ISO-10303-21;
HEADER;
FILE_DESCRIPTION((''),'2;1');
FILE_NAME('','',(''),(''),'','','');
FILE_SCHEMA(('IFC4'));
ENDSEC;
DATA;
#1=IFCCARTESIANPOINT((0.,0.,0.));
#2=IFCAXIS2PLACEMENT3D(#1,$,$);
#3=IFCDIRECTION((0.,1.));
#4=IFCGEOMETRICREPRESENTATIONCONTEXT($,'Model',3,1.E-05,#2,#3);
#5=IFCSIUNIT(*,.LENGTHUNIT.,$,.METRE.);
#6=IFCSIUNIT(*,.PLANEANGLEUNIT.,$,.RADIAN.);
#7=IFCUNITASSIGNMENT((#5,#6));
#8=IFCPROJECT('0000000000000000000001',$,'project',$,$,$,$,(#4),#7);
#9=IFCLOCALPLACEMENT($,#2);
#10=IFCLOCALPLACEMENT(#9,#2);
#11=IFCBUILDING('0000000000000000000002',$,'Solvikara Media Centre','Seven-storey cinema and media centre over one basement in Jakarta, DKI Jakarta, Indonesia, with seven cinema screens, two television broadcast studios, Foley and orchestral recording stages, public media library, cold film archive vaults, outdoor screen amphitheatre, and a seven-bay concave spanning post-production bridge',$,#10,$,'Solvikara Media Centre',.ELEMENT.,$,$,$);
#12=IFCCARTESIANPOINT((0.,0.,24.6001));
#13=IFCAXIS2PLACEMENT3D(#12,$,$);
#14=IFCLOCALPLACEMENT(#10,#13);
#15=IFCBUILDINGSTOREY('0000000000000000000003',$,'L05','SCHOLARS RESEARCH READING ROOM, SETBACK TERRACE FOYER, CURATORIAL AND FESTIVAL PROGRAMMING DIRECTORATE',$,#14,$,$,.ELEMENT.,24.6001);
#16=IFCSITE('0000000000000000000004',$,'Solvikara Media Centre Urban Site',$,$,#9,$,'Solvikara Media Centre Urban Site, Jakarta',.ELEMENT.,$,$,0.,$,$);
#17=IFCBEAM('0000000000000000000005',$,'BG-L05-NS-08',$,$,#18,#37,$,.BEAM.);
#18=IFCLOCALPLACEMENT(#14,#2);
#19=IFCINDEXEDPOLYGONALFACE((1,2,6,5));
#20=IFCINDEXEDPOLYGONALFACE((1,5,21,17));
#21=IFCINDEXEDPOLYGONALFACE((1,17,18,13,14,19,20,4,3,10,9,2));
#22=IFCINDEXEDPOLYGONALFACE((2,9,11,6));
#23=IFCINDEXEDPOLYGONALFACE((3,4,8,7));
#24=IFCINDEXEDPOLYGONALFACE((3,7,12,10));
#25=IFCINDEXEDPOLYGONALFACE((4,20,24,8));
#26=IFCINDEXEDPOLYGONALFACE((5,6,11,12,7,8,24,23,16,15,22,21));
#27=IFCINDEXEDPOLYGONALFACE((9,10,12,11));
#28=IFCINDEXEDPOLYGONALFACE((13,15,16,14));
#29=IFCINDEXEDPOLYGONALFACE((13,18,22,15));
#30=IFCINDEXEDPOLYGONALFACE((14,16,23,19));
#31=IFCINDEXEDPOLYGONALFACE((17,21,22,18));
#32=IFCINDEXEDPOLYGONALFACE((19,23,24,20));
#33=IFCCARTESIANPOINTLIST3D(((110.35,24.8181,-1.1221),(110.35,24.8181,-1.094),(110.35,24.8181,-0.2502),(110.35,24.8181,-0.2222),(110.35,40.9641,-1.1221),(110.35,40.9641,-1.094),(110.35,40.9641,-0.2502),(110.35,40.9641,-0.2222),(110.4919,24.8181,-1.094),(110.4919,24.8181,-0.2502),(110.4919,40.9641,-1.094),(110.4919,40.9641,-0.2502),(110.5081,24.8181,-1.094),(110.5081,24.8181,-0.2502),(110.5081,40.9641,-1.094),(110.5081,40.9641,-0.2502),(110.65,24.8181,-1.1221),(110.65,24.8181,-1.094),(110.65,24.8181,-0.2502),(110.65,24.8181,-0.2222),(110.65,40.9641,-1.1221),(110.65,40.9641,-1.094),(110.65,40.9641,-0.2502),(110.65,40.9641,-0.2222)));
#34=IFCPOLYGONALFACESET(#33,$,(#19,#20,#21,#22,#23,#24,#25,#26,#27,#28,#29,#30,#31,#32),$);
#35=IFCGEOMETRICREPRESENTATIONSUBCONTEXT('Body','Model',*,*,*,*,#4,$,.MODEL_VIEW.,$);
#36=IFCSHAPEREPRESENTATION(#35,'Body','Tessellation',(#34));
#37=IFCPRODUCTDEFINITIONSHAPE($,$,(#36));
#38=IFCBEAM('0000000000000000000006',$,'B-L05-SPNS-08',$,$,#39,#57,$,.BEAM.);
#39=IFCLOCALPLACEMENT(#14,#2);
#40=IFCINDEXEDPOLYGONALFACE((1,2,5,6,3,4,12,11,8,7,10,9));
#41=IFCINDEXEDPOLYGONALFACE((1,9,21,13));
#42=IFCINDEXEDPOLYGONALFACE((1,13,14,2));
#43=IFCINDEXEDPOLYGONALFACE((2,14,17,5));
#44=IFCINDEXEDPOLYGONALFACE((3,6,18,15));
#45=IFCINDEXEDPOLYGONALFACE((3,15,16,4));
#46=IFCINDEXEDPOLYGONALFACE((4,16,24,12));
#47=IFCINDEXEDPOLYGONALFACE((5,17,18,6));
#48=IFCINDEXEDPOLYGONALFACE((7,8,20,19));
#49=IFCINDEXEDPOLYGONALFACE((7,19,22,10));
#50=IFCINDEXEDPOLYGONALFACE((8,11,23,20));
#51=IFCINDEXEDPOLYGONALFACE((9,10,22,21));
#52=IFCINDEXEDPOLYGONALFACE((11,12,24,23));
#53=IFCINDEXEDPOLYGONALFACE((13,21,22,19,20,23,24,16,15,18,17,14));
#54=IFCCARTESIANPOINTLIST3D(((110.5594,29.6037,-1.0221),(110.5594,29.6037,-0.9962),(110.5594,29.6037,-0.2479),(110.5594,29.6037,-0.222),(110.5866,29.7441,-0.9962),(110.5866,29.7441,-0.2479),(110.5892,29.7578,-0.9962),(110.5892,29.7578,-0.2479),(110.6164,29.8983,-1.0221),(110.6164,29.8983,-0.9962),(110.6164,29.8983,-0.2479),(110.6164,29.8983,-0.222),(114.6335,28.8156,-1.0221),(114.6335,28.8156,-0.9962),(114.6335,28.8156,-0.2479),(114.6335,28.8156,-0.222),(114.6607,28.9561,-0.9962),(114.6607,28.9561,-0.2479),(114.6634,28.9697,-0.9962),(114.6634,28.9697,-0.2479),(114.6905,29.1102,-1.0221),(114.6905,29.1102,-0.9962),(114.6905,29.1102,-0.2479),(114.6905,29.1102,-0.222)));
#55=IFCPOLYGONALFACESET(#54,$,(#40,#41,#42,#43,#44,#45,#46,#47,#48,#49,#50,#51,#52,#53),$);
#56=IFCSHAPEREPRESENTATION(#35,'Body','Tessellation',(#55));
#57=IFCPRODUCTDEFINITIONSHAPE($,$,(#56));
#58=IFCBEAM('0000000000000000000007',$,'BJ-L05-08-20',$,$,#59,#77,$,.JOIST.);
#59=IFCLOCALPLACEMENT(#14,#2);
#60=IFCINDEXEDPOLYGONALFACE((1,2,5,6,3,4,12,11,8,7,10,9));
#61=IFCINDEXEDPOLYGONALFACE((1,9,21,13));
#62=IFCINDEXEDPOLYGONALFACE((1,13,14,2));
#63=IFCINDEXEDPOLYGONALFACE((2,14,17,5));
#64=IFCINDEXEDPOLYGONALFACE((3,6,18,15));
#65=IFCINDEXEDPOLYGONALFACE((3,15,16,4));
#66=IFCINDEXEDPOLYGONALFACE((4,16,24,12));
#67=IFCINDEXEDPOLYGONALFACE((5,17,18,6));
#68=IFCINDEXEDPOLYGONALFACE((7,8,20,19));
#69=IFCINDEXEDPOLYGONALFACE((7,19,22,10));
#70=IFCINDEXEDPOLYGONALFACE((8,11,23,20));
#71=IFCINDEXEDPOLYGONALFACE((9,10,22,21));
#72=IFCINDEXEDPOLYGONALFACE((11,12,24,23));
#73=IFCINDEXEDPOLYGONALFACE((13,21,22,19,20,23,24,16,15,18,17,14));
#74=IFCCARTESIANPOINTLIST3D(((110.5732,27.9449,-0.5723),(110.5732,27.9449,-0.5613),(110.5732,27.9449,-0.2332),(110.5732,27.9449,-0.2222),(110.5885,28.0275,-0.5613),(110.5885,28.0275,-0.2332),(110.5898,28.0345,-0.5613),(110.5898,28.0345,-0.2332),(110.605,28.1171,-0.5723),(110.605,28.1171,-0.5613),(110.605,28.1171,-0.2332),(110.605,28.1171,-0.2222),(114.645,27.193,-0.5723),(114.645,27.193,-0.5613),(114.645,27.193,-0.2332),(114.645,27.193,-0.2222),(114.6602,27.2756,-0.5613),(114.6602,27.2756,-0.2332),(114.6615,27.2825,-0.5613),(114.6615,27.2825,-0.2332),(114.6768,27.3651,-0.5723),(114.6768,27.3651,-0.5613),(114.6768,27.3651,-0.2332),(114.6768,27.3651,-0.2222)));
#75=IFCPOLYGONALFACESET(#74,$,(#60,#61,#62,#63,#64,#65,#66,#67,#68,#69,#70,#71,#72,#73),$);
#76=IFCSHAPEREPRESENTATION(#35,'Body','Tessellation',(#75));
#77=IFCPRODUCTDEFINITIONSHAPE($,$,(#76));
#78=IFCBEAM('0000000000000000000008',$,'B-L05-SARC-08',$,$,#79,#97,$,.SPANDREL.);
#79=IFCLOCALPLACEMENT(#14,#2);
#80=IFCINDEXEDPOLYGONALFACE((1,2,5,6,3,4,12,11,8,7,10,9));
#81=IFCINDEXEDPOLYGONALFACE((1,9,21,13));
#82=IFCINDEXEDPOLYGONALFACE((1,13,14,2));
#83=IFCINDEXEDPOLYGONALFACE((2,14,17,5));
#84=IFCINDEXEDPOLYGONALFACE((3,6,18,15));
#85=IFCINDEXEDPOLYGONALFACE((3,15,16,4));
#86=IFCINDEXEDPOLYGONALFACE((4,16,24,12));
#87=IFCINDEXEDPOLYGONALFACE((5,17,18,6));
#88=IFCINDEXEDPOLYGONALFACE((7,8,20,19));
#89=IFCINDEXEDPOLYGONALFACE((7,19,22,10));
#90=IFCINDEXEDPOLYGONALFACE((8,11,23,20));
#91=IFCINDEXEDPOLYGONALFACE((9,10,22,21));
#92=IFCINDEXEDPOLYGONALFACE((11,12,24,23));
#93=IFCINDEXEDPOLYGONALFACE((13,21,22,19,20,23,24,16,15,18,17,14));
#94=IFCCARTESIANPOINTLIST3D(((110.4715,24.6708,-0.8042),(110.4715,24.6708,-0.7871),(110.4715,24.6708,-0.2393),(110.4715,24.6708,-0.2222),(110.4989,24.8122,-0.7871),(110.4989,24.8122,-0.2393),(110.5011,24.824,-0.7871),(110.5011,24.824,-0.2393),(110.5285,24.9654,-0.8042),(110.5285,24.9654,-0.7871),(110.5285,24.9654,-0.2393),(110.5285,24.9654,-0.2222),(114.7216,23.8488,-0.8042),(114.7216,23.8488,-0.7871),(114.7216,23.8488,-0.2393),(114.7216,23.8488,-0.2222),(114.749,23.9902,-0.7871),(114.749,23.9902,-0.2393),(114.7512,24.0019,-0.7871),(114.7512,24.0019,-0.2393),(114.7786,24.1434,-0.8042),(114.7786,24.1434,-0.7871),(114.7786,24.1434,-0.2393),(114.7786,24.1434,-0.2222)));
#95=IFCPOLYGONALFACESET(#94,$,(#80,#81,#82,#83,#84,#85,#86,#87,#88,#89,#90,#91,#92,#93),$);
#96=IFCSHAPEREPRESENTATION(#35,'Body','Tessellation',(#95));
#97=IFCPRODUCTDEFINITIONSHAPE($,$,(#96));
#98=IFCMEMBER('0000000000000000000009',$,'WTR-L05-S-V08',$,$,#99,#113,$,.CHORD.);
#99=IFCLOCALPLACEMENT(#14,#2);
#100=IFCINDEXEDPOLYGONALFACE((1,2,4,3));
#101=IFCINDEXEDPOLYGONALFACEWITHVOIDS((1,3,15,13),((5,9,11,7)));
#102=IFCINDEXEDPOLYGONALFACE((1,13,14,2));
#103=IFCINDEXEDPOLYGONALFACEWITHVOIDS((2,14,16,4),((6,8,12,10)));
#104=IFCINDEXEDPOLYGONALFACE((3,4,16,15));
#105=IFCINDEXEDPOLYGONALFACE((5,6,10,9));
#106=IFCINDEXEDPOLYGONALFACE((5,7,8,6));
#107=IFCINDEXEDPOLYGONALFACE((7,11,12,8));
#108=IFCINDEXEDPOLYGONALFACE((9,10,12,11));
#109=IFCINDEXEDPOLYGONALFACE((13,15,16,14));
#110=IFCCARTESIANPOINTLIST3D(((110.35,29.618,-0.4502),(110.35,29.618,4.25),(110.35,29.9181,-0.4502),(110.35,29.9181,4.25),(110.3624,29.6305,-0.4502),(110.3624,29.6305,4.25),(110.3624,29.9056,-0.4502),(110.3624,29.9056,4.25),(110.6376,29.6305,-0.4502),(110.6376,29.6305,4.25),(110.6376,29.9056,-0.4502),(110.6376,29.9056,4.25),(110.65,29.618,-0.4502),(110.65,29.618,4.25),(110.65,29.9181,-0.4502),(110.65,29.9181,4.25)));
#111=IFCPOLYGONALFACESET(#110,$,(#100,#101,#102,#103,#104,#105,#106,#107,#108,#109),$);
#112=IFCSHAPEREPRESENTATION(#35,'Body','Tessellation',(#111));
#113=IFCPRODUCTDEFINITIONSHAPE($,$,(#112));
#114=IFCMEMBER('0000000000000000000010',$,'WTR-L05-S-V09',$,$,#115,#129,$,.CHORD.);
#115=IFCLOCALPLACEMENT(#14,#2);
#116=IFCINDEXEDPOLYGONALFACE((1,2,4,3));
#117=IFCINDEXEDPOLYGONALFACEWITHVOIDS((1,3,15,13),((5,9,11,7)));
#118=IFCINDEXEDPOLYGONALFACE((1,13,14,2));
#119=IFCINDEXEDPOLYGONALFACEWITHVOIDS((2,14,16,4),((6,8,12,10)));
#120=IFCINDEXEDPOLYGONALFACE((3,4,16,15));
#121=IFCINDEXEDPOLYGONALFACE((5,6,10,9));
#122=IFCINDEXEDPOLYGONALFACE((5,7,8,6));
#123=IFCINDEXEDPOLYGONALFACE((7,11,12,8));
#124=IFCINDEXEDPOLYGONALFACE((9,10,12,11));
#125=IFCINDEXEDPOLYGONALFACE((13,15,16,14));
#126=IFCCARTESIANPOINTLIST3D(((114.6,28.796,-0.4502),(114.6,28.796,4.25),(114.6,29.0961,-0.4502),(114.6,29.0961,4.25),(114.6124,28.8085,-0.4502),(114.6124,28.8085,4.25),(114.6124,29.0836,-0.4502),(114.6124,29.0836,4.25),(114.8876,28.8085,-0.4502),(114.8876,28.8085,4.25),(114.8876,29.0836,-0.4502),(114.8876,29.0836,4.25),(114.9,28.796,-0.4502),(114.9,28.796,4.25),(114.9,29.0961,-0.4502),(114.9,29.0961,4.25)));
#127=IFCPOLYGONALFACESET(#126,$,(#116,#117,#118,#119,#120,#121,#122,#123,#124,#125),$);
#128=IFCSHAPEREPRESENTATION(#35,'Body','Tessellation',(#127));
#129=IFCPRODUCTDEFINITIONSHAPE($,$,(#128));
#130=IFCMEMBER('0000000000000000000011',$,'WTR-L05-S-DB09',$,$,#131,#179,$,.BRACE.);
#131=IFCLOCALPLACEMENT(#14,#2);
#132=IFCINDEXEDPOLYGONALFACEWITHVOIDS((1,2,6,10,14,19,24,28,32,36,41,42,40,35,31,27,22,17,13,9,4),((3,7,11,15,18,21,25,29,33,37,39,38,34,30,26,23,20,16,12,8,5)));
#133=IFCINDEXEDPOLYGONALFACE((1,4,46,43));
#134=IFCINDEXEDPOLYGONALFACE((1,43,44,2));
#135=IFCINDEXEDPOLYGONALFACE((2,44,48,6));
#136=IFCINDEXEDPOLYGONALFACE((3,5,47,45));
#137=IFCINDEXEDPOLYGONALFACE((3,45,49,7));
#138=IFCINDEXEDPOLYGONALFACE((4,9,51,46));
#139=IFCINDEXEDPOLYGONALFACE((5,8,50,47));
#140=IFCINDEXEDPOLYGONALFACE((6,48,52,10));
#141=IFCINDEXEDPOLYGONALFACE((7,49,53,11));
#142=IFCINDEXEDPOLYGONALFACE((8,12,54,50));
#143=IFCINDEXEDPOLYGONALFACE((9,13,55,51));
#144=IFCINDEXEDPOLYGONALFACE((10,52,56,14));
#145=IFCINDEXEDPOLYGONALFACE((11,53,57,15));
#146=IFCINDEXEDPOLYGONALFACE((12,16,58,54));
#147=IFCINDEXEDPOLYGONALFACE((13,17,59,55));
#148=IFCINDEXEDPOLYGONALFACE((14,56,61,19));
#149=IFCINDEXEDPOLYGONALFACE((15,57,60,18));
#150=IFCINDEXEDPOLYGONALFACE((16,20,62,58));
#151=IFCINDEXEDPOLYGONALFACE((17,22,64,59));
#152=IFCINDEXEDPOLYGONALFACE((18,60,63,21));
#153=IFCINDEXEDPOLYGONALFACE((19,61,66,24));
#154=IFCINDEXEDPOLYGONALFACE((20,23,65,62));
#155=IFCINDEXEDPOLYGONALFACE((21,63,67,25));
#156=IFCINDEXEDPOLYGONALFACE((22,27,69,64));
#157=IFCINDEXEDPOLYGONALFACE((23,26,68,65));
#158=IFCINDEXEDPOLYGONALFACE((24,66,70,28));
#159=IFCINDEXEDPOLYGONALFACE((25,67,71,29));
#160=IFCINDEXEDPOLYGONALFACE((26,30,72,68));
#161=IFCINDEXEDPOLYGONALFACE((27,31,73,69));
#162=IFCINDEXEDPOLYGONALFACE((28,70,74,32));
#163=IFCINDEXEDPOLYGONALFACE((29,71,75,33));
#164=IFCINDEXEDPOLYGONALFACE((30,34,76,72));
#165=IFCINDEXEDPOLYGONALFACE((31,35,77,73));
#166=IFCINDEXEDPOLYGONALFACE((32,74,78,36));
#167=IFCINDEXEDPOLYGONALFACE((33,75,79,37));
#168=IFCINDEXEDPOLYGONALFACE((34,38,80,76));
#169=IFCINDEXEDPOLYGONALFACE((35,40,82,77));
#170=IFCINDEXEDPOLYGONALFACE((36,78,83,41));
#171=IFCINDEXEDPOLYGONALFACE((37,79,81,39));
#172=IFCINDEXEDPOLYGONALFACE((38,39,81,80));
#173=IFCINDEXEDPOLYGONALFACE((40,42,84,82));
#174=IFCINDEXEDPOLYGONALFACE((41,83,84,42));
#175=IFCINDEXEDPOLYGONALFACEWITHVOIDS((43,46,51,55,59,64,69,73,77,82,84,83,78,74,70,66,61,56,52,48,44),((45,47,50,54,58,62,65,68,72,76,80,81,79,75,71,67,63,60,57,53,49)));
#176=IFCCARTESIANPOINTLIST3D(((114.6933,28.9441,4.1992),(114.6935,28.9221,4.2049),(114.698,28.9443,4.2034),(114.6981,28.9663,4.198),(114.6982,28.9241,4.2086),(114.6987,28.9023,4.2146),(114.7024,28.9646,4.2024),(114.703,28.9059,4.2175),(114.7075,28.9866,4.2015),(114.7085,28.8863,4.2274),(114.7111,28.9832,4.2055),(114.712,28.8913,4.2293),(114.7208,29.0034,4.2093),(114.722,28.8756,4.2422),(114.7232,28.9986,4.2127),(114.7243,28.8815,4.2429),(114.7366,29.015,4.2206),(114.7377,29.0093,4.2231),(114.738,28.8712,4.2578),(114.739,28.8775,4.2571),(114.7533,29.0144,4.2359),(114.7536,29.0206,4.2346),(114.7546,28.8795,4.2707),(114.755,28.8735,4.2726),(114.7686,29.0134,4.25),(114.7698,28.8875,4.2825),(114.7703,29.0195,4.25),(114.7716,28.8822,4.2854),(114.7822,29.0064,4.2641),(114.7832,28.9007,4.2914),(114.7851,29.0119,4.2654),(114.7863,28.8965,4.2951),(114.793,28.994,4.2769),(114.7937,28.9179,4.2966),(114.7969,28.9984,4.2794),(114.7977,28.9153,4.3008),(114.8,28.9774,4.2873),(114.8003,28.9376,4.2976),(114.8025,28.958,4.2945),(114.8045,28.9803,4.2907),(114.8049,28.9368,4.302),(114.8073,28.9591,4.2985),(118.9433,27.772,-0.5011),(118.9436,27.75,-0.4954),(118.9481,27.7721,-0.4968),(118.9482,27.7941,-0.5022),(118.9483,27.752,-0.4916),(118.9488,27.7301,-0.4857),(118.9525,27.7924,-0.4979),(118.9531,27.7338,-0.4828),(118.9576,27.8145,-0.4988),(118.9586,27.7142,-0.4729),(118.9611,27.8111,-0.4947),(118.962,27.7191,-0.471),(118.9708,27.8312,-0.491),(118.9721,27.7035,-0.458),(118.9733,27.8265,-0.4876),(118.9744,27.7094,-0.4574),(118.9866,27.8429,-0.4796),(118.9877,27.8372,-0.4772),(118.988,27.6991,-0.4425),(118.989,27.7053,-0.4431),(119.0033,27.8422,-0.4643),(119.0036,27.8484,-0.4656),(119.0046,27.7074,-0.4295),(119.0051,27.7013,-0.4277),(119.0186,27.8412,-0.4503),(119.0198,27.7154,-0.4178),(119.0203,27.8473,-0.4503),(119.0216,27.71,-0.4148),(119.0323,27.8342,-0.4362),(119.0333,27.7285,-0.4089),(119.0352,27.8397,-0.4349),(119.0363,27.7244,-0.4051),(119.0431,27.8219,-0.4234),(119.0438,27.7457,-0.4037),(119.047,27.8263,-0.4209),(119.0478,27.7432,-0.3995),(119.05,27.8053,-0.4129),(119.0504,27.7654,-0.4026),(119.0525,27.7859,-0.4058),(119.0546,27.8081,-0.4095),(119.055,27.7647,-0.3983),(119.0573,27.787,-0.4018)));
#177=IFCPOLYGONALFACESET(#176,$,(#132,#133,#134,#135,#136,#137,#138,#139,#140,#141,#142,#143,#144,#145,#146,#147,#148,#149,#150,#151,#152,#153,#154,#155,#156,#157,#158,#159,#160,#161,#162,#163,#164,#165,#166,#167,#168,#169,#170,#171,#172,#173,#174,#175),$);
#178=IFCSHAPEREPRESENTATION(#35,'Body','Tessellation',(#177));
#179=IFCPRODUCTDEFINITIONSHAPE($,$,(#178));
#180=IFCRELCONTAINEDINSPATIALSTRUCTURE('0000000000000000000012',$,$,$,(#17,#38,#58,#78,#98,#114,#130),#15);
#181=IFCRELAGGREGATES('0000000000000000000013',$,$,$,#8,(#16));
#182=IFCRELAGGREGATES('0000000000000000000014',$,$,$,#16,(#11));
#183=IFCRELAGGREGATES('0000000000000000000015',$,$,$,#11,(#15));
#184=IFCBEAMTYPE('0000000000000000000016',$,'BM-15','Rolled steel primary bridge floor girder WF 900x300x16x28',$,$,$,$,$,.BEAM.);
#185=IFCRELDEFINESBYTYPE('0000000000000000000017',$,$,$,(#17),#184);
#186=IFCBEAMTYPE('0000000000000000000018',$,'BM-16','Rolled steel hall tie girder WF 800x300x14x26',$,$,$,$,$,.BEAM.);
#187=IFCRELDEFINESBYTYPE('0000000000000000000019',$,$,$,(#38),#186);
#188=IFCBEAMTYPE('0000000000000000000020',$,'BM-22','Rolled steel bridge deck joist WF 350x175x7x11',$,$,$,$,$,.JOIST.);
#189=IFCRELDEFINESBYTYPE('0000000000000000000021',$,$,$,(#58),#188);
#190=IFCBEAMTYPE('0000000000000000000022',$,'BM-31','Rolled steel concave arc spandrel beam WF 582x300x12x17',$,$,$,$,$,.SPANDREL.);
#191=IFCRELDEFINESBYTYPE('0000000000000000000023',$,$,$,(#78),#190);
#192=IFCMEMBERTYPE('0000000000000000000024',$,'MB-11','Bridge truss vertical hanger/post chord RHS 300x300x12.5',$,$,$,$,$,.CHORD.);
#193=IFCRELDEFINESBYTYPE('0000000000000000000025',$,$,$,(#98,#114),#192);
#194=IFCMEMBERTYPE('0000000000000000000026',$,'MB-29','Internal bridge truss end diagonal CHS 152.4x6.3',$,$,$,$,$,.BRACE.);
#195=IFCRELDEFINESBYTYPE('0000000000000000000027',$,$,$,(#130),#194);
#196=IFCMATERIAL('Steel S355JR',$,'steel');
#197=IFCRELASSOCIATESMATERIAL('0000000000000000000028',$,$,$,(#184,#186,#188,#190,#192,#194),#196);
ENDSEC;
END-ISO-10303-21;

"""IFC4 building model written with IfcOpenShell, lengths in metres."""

from ifc_helpers import new_model, si_unit, direction, frame, origin, origin_2d, place, context, subcontext, project, spatial, hollow_rectangle, hollow_circle, i_section, extrude, material, material_profile, profile_set, type_object, element, save


model = new_model("IFC4")

# Units and contexts
model_context = context("Model", 3, precision=1e-05, world=origin(), true_north=direction((0.0, 1.0)))
body_context = subcontext(model_context, "Body", "Model", "MODEL_VIEW")
ifc_project = project(units=[si_unit("LENGTHUNIT", "METRE"), si_unit("PLANEANGLEUNIT", "RADIAN")], contexts=[model_context])

# Site, building, storey
site_placement = place(None, origin())
site = spatial("IfcSite", under=ifc_project, at=site_placement, Name="Solvikara Media Centre Urban Site", LongName="Solvikara Media Centre Urban Site, Jakarta", CompositionType="ELEMENT", RefElevation=0.0)
building_placement = place(site_placement, origin())
building = spatial("IfcBuilding", under=site, at=building_placement, Name="Solvikara Media Centre", Description="Seven-storey cinema and media centre over one basement in Jakarta, DKI Jakarta, Indonesia, with seven cinema screens, two television broadcast studios, Foley and orchestral recording stages, public media library, cold film archive vaults, outdoor screen amphitheatre, and a seven-bay concave spanning post-production bridge", LongName="Solvikara Media Centre", CompositionType="ELEMENT")
storey_placement = place(building_placement, frame((0.0, 0.0, 24.6001)))
storey = spatial("IfcBuildingStorey", under=building, at=storey_placement, Name="L05", Description="SCHOLARS RESEARCH READING ROOM, SETBACK TERRACE FOYER, CURATORIAL AND FESTIVAL PROGRAMMING DIRECTORATE", CompositionType="ELEMENT", Elevation=24.6001)

# Beams
ifc_material_1 = material(Name="Steel S355JR", Category="steel")
ifc_material_profile_1 = material_profile(ifc_material_1, i_section(OverallWidth=0.3, OverallDepth=0.8999, WebThickness=0.0161, FlangeThickness=0.0281, at=origin_2d()), Name="WF 900x300x16x28")
ifc_profile_set_1 = profile_set([ifc_material_profile_1], Name="Steel S355JR")
beam_type_1 = type_object("IfcBeamType", Name="BM-15", Description="Rolled steel primary bridge floor girder WF 900x300x16x28", PredefinedType="BEAM", material=ifc_profile_set_1)
beam_1_placement = place(storey_placement, frame((110.5, 24.8181, -0.6721), z_axis=(0.0, 1.0, 0.0), x_axis=(-1.0, 0.0, 0.0)))
element("IfcBeam", 1, at=beam_1_placement, inside=storey, type_object=beam_type_1, Name="BG-L05-NS-08", PredefinedType="BEAM", context=body_context, shape_type="SweptSolid", body=[
    extrude(i_section(OverallWidth=0.3, OverallDepth=0.8999, WebThickness=0.0161, FlangeThickness=0.0281, at=origin_2d()), origin(), (0.0, 0.0, 1.0), 16.146),
])
ifc_material_profile_2 = material_profile(ifc_material_1, i_section(OverallWidth=0.3, OverallDepth=0.8, WebThickness=0.0139, FlangeThickness=0.0259, at=origin_2d()), Name="WF 800x300x14x26")
ifc_profile_set_2 = profile_set([ifc_material_profile_2], Name="Steel S355JR")
beam_type_2 = type_object("IfcBeamType", Name="BM-16", Description="Rolled steel hall tie girder WF 800x300x14x26", PredefinedType="BEAM", material=ifc_profile_set_2)
beam_2_placement = place(storey_placement, frame((110.5879, 29.751, -0.6221), z_axis=(0.981801, -0.189912, 0.0), x_axis=(0.189912, 0.981801, 0.0)))
element("IfcBeam", 2, at=beam_2_placement, inside=storey, type_object=beam_type_2, Name="B-L05-SPNS-08", PredefinedType="BEAM", context=body_context, shape_type="SweptSolid", body=[
    extrude(i_section(OverallWidth=0.3, OverallDepth=0.8, WebThickness=0.0139, FlangeThickness=0.0259, at=origin_2d()), origin(), (0.0, 0.0, 1.0), 4.1497),
])
ifc_material_profile_3 = material_profile(ifc_material_1, i_section(OverallWidth=0.175, OverallDepth=0.3501, WebThickness=0.0071, FlangeThickness=0.011, at=origin_2d()), Name="WF 350x175x7x11")
ifc_profile_set_3 = profile_set([ifc_material_profile_3], Name="Steel S355JR")
beam_type_3 = type_object("IfcBeamType", Name="BM-22", Description="Rolled steel bridge deck joist WF 350x175x7x11", PredefinedType="JOIST", material=ifc_profile_set_3)
beam_3_placement = place(storey_placement, frame((110.5891, 28.031, -0.3972), z_axis=(0.983372, -0.181604, 0.0), x_axis=(0.181604, 0.983372, 0.0)))
element("IfcBeam", 3, at=beam_3_placement, inside=storey, type_object=beam_type_3, Name="BJ-L05-08-20", PredefinedType="JOIST", context=body_context, shape_type="SweptSolid", body=[
    extrude(i_section(OverallWidth=0.175, OverallDepth=0.3501, WebThickness=0.0071, FlangeThickness=0.011, at=origin_2d()), origin(), (0.0, 0.0, 1.0), 4.1406),
])
ifc_material_profile_4 = material_profile(ifc_material_1, i_section(OverallWidth=0.3, OverallDepth=0.582, WebThickness=0.012, FlangeThickness=0.0171, at=origin_2d()), Name="WF 582x300x12x17")
ifc_profile_set_4 = profile_set([ifc_material_profile_4], Name="Steel S355JR")
beam_type_4 = type_object("IfcBeamType", Name="BM-31", Description="Rolled steel concave arc spandrel beam WF 582x300x12x17", PredefinedType="SPANDREL", material=ifc_profile_set_4)
beam_4_placement = place(storey_placement, frame((110.5, 24.8181, -0.5132), z_axis=(0.981804, -0.189897, 0.0), x_axis=(0.189897, 0.981804, 0.0)))
element("IfcBeam", 4, at=beam_4_placement, inside=storey, type_object=beam_type_4, Name="B-L05-SARC-08", PredefinedType="SPANDREL", context=body_context, shape_type="SweptSolid", body=[
    extrude(i_section(OverallWidth=0.3, OverallDepth=0.582, WebThickness=0.012, FlangeThickness=0.0171, at=origin_2d()), origin(), (0.0, 0.0, 1.0), 4.3289),
])

# Members
ifc_material_profile_5 = material_profile(ifc_material_1, hollow_rectangle(XDim=0.3, YDim=0.3, WallThickness=0.0125, at=origin_2d()), Name="RHS 300x300x12.5")
ifc_profile_set_5 = profile_set([ifc_material_profile_5], Name="Steel S355JR")
member_type_1 = type_object("IfcMemberType", Name="MB-11", Description="Bridge truss vertical hanger/post chord RHS 300x300x12.5", PredefinedType="CHORD", material=ifc_profile_set_5)
for number, where, z_axis, x_axis, name in (
    (5, (110.5, 29.7681, -0.4502), (0.0, 0.0, 1.0), (1.0, 0.0, 0.0), "WTR-L05-S-V08"),
    (6, (114.75, 28.946, -0.4502), (0.0, 0.0, 1.0), (1.0, 0.0, 0.0), "WTR-L05-S-V09"),
):
    element("IfcMember", number, at=place(storey_placement, frame(where, z_axis=z_axis, x_axis=x_axis)), inside=storey, type_object=member_type_1, Name=name, PredefinedType="CHORD", context=body_context, shape_type="SweptSolid", body=[
        extrude(hollow_rectangle(XDim=0.3, YDim=0.3, WallThickness=0.0125, at=origin_2d()), origin(), (0.0, 0.0, 1.0), 4.7002),
    ])
ifc_material_profile_6 = material_profile(ifc_material_1, hollow_circle(Radius=0.0762, WallThickness=0.0063, at=origin_2d()), Name="CHS 152.4x6.3")
ifc_profile_set_6 = profile_set([ifc_material_profile_6], Name="Steel S355JR")
member_type_2 = type_object("IfcMemberType", Name="MB-29", Description="Internal bridge truss end diagonal CHS 152.4x6.3", PredefinedType="BRACE", material=ifc_profile_set_6)
member_1_placement = place(storey_placement, frame((114.75, 28.946, 4.25), z_axis=(0.659504, -0.181886, -0.729364), x_axis=(0.265867, 0.96401, 0.0)))
element("IfcMember", 7, at=member_1_placement, inside=storey, type_object=member_type_2, Name="WTR-L05-S-DB09", PredefinedType="BRACE", context=body_context, shape_type="SweptSolid", body=[
    extrude(hollow_circle(Radius=0.0762, WallThickness=0.0063, at=origin_2d()), origin(), (0.0, 0.0, 1.0), 6.4443),
])

save(model, "model.ifc")
